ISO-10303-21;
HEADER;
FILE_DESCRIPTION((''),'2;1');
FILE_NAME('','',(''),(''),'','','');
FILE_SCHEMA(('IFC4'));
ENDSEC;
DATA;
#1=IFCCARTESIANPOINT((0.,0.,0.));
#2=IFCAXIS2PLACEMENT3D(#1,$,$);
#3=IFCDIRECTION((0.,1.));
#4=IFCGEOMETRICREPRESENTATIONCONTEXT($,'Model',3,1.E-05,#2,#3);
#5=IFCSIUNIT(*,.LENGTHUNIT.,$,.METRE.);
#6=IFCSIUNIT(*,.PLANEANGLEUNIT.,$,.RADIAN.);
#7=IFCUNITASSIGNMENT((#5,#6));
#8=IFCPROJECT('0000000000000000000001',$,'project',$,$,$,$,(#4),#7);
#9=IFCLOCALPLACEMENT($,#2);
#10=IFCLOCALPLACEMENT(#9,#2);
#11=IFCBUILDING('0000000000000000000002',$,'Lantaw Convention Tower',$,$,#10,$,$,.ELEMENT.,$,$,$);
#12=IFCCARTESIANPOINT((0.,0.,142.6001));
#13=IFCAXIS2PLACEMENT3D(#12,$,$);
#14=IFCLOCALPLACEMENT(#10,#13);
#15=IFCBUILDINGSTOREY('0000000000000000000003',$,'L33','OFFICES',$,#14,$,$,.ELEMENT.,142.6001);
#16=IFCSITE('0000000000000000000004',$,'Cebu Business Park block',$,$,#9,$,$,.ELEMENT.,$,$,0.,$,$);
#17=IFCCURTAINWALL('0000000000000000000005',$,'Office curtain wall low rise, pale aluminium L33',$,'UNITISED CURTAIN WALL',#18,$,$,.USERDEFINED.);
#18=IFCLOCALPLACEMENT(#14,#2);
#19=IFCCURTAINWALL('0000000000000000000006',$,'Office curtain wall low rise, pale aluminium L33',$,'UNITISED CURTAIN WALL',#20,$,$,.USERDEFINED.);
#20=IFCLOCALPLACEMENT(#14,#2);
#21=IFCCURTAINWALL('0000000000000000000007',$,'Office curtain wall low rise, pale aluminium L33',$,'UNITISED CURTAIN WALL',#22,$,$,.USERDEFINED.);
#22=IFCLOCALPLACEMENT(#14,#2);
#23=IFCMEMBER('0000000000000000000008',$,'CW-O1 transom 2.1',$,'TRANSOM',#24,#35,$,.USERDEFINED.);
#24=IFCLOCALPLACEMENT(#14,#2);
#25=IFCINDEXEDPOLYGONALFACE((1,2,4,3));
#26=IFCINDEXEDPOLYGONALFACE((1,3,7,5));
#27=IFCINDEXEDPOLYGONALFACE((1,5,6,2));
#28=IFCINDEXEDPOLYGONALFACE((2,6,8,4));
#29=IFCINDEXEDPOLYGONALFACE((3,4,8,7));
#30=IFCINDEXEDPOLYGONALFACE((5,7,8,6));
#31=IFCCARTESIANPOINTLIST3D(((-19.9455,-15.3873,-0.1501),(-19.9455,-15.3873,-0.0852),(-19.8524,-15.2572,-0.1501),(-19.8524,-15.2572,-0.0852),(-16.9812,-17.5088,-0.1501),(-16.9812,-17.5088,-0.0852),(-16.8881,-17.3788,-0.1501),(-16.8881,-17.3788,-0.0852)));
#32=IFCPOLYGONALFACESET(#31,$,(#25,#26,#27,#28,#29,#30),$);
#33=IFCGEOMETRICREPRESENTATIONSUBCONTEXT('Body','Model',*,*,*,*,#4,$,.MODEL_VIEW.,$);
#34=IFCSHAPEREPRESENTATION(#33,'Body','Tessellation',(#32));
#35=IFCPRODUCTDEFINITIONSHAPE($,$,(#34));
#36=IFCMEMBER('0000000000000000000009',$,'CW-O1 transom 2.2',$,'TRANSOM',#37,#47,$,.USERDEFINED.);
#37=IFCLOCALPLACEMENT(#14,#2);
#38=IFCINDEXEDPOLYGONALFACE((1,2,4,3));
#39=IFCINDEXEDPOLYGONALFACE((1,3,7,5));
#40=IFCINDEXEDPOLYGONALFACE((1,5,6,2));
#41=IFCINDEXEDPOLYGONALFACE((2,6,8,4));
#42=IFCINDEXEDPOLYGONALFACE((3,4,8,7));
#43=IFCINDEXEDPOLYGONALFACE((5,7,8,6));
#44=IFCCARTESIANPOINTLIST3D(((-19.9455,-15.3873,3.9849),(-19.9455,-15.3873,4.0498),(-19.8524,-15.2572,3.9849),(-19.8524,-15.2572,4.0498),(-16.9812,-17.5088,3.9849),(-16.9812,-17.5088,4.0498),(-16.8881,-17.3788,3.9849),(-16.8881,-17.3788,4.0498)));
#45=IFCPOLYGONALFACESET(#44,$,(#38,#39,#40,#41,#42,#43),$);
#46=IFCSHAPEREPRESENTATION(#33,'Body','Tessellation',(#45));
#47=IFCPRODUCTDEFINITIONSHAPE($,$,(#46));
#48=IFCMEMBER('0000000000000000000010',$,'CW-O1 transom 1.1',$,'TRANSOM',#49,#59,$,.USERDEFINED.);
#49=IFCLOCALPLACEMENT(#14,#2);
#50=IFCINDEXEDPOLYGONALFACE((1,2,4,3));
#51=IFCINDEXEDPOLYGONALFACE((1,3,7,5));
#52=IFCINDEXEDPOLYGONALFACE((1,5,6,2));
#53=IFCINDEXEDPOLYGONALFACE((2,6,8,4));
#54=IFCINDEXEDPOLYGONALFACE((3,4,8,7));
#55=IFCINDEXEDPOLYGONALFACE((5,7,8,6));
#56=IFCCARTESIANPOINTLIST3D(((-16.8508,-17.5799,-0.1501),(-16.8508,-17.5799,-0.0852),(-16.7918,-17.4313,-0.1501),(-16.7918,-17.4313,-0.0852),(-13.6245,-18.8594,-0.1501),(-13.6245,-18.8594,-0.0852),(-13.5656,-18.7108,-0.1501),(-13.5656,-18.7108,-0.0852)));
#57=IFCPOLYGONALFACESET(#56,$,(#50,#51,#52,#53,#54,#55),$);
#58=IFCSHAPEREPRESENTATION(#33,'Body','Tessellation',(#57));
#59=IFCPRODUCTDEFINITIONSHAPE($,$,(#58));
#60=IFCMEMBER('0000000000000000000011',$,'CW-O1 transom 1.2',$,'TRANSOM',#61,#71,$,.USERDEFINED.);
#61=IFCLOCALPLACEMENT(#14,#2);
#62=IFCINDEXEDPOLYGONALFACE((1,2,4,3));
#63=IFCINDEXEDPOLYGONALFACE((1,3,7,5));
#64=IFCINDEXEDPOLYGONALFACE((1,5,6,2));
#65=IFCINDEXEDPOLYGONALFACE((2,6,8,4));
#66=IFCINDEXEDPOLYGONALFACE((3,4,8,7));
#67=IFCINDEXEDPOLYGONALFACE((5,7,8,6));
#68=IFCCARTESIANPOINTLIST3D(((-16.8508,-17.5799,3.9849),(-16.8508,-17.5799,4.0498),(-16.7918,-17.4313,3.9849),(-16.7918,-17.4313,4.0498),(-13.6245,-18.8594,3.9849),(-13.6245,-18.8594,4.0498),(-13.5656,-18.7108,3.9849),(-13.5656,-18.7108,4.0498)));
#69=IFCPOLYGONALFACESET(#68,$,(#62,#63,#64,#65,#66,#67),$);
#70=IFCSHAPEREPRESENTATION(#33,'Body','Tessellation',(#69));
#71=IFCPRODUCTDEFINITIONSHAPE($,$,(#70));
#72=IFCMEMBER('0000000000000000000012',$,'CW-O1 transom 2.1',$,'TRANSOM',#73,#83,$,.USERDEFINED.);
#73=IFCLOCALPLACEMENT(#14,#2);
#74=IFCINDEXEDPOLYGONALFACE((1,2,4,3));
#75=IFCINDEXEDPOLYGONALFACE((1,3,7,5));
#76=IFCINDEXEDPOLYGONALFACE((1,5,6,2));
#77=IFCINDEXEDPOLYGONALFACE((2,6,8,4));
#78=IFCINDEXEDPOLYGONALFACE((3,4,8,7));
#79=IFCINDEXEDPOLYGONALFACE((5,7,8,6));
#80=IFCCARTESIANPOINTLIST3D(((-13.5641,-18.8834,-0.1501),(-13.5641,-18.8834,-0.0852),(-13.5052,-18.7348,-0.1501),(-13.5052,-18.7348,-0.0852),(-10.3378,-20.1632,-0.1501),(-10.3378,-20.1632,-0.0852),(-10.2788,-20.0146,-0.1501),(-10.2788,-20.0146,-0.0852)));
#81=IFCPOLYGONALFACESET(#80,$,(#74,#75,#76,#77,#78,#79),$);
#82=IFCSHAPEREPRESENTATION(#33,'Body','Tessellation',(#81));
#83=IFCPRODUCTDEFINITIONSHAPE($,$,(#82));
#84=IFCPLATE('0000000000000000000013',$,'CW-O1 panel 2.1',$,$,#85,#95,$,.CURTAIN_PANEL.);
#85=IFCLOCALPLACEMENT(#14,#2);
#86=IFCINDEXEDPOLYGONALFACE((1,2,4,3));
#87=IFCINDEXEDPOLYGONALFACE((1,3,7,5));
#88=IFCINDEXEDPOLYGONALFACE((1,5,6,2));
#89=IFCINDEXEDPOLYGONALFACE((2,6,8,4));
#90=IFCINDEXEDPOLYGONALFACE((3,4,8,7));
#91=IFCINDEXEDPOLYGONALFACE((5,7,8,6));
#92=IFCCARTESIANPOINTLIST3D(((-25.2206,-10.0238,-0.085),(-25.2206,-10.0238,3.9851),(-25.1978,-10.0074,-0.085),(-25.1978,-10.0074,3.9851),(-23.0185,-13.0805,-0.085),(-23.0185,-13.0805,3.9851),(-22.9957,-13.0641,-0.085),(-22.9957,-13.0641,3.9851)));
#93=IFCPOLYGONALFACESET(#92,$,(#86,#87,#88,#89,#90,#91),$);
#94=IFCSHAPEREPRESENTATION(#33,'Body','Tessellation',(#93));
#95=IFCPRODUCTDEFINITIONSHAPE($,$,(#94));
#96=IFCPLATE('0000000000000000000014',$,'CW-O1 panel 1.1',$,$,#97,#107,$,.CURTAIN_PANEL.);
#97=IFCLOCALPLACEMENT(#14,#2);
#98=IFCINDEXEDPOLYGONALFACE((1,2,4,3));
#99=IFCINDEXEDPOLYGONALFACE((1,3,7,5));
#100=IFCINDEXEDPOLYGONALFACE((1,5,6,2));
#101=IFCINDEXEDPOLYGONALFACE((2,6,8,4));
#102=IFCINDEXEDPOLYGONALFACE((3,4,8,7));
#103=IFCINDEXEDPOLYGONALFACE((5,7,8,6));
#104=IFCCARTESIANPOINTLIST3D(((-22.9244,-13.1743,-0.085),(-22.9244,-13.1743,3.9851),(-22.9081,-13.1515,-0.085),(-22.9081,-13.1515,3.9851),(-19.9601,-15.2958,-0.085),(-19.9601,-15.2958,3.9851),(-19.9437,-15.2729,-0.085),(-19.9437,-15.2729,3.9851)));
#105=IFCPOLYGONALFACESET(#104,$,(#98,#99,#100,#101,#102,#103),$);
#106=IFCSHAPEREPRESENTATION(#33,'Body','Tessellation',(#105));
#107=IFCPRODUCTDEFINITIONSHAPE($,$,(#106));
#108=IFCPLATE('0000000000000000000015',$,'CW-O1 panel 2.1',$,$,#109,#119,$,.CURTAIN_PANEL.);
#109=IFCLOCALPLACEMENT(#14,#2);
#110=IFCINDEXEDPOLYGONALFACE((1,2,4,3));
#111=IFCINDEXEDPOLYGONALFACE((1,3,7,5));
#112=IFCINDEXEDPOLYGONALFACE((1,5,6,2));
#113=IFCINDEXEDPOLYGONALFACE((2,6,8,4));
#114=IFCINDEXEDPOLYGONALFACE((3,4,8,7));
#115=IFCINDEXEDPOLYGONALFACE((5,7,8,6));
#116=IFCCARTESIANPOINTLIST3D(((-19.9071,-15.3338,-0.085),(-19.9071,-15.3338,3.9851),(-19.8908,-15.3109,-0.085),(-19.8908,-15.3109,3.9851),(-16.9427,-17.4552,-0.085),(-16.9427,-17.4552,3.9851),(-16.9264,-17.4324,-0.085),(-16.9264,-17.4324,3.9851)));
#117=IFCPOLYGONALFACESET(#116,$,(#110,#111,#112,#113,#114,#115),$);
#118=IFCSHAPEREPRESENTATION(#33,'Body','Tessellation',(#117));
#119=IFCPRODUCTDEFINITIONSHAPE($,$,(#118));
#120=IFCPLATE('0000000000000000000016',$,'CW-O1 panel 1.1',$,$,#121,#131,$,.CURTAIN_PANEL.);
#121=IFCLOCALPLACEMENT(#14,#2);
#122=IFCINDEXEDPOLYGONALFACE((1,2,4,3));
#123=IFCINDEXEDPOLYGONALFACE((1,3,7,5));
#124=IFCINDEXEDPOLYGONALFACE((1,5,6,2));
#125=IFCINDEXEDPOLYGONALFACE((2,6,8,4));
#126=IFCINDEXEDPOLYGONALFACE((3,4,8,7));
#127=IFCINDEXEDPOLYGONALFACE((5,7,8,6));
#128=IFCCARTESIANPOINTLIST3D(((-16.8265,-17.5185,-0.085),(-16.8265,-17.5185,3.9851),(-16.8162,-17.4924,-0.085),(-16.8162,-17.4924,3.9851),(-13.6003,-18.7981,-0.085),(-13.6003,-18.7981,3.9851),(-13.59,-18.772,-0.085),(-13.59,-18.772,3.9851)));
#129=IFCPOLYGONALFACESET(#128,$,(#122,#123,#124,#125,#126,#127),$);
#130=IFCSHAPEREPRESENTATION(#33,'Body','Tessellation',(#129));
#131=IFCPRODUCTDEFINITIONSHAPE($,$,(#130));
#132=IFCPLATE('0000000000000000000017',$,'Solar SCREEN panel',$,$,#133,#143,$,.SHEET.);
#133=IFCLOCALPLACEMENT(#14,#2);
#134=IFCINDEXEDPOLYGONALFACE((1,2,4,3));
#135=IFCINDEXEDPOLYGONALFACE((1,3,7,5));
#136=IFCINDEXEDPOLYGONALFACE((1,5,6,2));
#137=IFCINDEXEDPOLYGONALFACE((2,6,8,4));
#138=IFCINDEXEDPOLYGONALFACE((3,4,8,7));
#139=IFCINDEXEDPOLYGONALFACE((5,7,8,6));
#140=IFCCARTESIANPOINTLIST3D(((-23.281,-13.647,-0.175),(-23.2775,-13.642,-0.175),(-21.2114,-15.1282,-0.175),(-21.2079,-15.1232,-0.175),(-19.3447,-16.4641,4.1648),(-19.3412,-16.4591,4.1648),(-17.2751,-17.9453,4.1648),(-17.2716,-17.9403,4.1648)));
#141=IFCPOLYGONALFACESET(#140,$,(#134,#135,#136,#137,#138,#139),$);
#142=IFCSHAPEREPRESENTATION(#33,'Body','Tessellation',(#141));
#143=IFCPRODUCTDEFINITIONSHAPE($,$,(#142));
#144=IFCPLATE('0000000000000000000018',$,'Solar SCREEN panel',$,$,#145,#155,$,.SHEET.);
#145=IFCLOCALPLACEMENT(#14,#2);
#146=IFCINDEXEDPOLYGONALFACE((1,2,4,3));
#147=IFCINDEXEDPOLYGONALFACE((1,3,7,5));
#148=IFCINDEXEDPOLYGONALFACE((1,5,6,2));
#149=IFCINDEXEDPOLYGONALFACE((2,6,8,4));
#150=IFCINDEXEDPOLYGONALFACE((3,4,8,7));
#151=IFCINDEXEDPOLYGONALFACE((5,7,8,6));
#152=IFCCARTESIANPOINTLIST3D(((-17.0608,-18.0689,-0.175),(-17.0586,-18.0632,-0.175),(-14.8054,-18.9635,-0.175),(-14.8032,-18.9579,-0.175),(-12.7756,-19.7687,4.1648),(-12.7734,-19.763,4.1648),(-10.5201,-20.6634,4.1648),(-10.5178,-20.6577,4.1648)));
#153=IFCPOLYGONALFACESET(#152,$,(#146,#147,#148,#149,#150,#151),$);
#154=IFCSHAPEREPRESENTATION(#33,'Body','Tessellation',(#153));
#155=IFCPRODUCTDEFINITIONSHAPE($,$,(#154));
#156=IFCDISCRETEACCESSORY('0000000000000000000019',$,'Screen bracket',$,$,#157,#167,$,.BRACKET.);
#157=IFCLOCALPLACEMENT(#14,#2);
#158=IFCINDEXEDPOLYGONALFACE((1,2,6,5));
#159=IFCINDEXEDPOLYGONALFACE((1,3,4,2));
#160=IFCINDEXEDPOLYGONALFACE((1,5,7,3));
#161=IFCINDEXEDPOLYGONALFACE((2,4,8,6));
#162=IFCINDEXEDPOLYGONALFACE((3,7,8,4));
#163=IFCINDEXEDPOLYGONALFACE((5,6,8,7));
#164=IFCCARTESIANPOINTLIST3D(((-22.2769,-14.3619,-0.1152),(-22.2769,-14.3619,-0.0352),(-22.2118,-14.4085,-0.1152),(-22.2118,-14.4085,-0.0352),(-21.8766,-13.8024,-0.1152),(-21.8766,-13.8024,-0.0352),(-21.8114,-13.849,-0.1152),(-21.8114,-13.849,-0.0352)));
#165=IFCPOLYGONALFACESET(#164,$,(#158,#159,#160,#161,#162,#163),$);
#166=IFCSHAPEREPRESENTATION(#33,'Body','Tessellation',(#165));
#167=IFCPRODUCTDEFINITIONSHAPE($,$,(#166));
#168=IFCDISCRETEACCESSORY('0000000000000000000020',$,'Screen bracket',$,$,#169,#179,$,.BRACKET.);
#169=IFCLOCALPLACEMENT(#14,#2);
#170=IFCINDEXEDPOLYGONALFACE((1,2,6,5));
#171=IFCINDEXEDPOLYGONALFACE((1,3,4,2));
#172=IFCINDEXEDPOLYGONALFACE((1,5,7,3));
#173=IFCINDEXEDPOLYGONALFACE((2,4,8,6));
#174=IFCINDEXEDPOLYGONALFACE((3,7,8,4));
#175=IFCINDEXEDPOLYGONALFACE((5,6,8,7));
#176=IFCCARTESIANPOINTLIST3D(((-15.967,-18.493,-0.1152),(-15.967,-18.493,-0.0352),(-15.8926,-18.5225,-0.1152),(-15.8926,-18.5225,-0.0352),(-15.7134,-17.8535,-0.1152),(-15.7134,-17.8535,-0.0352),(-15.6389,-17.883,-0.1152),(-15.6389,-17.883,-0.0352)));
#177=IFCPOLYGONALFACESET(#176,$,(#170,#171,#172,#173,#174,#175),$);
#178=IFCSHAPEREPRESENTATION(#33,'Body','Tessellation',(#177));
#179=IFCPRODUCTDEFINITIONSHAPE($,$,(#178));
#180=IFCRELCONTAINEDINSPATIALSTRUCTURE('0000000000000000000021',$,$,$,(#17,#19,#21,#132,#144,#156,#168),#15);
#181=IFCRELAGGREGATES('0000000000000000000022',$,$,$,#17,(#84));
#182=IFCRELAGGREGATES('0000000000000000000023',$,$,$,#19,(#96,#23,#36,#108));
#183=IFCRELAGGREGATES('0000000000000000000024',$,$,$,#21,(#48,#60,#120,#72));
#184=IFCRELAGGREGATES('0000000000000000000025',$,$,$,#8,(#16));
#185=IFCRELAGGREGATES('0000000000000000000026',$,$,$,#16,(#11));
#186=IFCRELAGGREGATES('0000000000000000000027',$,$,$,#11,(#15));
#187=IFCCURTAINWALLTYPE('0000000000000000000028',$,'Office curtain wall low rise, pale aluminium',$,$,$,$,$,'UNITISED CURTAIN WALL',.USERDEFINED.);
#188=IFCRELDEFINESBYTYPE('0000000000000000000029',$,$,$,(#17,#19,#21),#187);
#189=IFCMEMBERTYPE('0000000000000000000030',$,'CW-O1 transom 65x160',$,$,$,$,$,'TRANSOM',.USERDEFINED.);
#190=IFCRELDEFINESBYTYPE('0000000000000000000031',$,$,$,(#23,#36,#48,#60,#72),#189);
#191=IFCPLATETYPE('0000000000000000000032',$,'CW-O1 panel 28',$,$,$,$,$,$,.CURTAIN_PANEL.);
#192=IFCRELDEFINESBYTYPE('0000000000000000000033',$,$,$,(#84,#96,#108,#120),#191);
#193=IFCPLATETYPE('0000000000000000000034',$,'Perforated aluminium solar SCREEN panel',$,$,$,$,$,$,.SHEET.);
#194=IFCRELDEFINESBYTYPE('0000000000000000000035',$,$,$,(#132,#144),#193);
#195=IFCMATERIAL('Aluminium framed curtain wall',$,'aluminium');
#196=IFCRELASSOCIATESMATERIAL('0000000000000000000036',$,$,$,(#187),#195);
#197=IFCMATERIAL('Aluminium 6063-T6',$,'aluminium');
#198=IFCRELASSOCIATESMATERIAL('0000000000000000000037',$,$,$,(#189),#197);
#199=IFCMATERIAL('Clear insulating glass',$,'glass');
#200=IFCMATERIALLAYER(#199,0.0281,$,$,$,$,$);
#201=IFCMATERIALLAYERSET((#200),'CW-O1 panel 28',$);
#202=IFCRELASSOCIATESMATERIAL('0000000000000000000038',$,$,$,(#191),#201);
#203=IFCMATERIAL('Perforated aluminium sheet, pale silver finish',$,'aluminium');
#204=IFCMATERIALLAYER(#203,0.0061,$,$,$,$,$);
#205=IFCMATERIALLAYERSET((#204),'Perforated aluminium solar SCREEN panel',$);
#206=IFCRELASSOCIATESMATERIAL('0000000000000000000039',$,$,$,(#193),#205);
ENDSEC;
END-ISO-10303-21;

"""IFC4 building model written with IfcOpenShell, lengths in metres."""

from ifc_helpers import new_model, si_unit, direction, frame, origin, origin_2d, place, context, subcontext, project, spatial, polyline, rectangle, outline, extrude, material, layer, layer_set, material_profile, profile_set, type_object, element, aggregate, save


model = new_model("IFC4")

# Units and contexts
model_context = context("Model", 3, precision=1e-05, world=origin(), true_north=direction((0.0, 1.0)))
body_context = subcontext(model_context, "Body", "Model", "MODEL_VIEW")
ifc_project = project(units=[si_unit("LENGTHUNIT", "METRE"), si_unit("PLANEANGLEUNIT", "RADIAN")], contexts=[model_context])

# Site, building, storey
site_placement = place(None, origin())
site = spatial("IfcSite", under=ifc_project, at=site_placement, Name="Cebu Business Park block", CompositionType="ELEMENT", RefElevation=0.0)
building_placement = place(site_placement, origin())
building = spatial("IfcBuilding", under=site, at=building_placement, Name="Lantaw Convention Tower", CompositionType="ELEMENT")
storey_placement = place(building_placement, frame((0.0, 0.0, 142.6001)))
storey = spatial("IfcBuildingStorey", under=building, at=storey_placement, Name="L33", Description="OFFICES", CompositionType="ELEMENT", Elevation=142.6001)

# Curtain walls
ifc_material_1 = material(Name="Aluminium framed curtain wall", Category="aluminium")
curtain_wall_type = type_object("IfcCurtainWallType", Name="Office curtain wall low rise, pale aluminium", ElementType="UNITISED CURTAIN WALL", PredefinedType="USERDEFINED", material=ifc_material_1)
curtain_wall_1_placement = place(storey_placement, origin())
curtain_wall_1 = element("IfcCurtainWall", 1, at=curtain_wall_1_placement, inside=storey, type_object=curtain_wall_type, Name="Office curtain wall low rise, pale aluminium L33", ObjectType="UNITISED CURTAIN WALL", PredefinedType="USERDEFINED")
ifc_material_2 = material(Name="Aluminium 6063-T6", Category="aluminium")
curtain_wall_2_placement = place(storey_placement, origin())
curtain_wall_2 = element("IfcCurtainWall", 2, at=curtain_wall_2_placement, inside=storey, type_object=curtain_wall_type, Name="Office curtain wall low rise, pale aluminium L33", ObjectType="UNITISED CURTAIN WALL", PredefinedType="USERDEFINED")
curtain_wall_3_placement = place(storey_placement, origin())
curtain_wall_3 = element("IfcCurtainWall", 3, at=curtain_wall_3_placement, inside=storey, type_object=curtain_wall_type, Name="Office curtain wall low rise, pale aluminium L33", ObjectType="UNITISED CURTAIN WALL", PredefinedType="USERDEFINED")

# Members
ifc_material_profile_1 = material_profile(ifc_material_2, rectangle(XDim=0.1599, YDim=0.0649, at=origin_2d()), Name="CW-O1 transom 65x160")
ifc_profile_set_1 = profile_set([ifc_material_profile_1], Name="Aluminium 6063-T6")
member_type_1 = type_object("IfcMemberType", Name="CW-O1 transom 65x160", ElementType="TRANSOM", PredefinedType="USERDEFINED", material=ifc_profile_set_1)
member_1_placement = place(storey_placement, frame((-19.8989, -15.3223, -0.1177), z_axis=(0.81319, -0.581998, 0.0), x_axis=(0.581998, 0.81319, 0.0)))
member_1 = element("IfcMember", 4, at=member_1_placement, type_object=member_type_1, Name="CW-O1 transom 2.1", ObjectType="TRANSOM", PredefinedType="USERDEFINED", context=body_context, shape_type="SweptSolid", body=[
    extrude(rectangle(XDim=0.1599, YDim=0.0649, at=origin_2d()), origin(), (0.0, 0.0, 1.0), 3.6453),
])
member_2_placement = place(storey_placement, frame((-19.8989, -15.3223, 4.0173), z_axis=(0.81319, -0.581998, 0.0), x_axis=(0.581998, 0.81319, 0.0)))
member_2 = element("IfcMember", 5, at=member_2_placement, type_object=member_type_1, Name="CW-O1 transom 2.2", ObjectType="TRANSOM", PredefinedType="USERDEFINED", context=body_context, shape_type="SweptSolid", body=[
    extrude(rectangle(XDim=0.1599, YDim=0.0649, at=origin_2d()), origin(), (0.0, 0.0, 1.0), 3.6453),
])
member_3_placement = place(storey_placement, frame((-16.8213, -17.5056, -0.1177), z_axis=(0.929564, -0.36866, 0.0), x_axis=(0.36866, 0.929564, 0.0)))
member_3 = element("IfcMember", 6, at=member_3_placement, type_object=member_type_1, Name="CW-O1 transom 1.1", ObjectType="TRANSOM", PredefinedType="USERDEFINED", context=body_context, shape_type="SweptSolid", body=[
    extrude(rectangle(XDim=0.1599, YDim=0.0649, at=origin_2d()), origin(), (0.0, 0.0, 1.0), 3.4707),
])
member_4_placement = place(storey_placement, frame((-16.8213, -17.5056, 4.0173), z_axis=(0.929564, -0.36866, 0.0), x_axis=(0.36866, 0.929564, 0.0)))
member_4 = element("IfcMember", 7, at=member_4_placement, type_object=member_type_1, Name="CW-O1 transom 1.2", ObjectType="TRANSOM", PredefinedType="USERDEFINED", context=body_context, shape_type="SweptSolid", body=[
    extrude(rectangle(XDim=0.1599, YDim=0.0649, at=origin_2d()), origin(), (0.0, 0.0, 1.0), 3.4707),
])
member_5_placement = place(storey_placement, frame((-13.5347, -18.8091, -0.1177), z_axis=(0.92954, -0.368721, 0.0), x_axis=(0.368721, 0.92954, 0.0)))
member_5 = element("IfcMember", 8, at=member_5_placement, type_object=member_type_1, Name="CW-O1 transom 2.1", ObjectType="TRANSOM", PredefinedType="USERDEFINED", context=body_context, shape_type="SweptSolid", body=[
    extrude(rectangle(XDim=0.1599, YDim=0.0649, at=origin_2d()), origin(), (0.0, 0.0, 1.0), 3.4709),
])

# Plates
ifc_material_3 = material(Name="Clear insulating glass", Category="glass")
ifc_layer_1 = layer(ifc_material_3, 0.0281)
ifc_layer_set_1 = layer_set([ifc_layer_1], Name="CW-O1 panel 28")
plate_type_1 = type_object("IfcPlateType", Name="CW-O1 panel 28", PredefinedType="CURTAIN_PANEL", material=ifc_layer_set_1)
plate_1_placement = place(storey_placement, frame((-24.1082, -11.5439, -0.085), z_axis=(0.0, 0.0, 1.0), x_axis=(0.584513, -0.811385, 0.0)))
plate_1 = element("IfcPlate", 9, at=plate_1_placement, type_object=plate_type_1, Name="CW-O1 panel 2.1", PredefinedType="CURTAIN_PANEL", context=body_context, shape_type="SweptSolid", body=[
    extrude(rectangle(XDim=3.7673, YDim=0.0281, at=origin_2d()), origin(), (0.0, 0.0, 1.0), 4.0701),
])
aggregate(curtain_wall_1, [plate_1])
plate_2_placement = place(storey_placement, frame((-21.4341, -14.2236, -0.085), z_axis=(0.0, 0.0, 1.0), x_axis=(0.813208, -0.581973, 0.0)))
plate_2 = element("IfcPlate", 10, at=plate_2_placement, type_object=plate_type_1, Name="CW-O1 panel 1.1", PredefinedType="CURTAIN_PANEL", context=body_context, shape_type="SweptSolid", body=[
    extrude(rectangle(XDim=3.6453, YDim=0.0281, at=origin_2d()), origin(), (0.0, 0.0, 1.0), 4.0701),
])
plate_3_placement = place(storey_placement, frame((-18.4167, -16.3831, -0.085), z_axis=(0.0, 0.0, 1.0), x_axis=(0.813208, -0.581973, 0.0)))
plate_3 = element("IfcPlate", 11, at=plate_3_placement, type_object=plate_type_1, Name="CW-O1 panel 2.1", PredefinedType="CURTAIN_PANEL", context=body_context, shape_type="SweptSolid", body=[
    extrude(rectangle(XDim=3.6453, YDim=0.0281, at=origin_2d()), origin(), (0.0, 0.0, 1.0), 4.0701),
])
aggregate(curtain_wall_2, [plate_2, member_1, member_2, plate_3])
plate_4_placement = place(storey_placement, frame((-15.2083, -18.1453, -0.085), z_axis=(0.0, 0.0, 1.0), x_axis=(0.929548, -0.368702, 0.0)))
plate_4 = element("IfcPlate", 12, at=plate_4_placement, type_object=plate_type_1, Name="CW-O1 panel 1.1", PredefinedType="CURTAIN_PANEL", context=body_context, shape_type="SweptSolid", body=[
    extrude(rectangle(XDim=3.4707, YDim=0.0281, at=origin_2d()), origin(), (0.0, 0.0, 1.0), 4.0701),
])
aggregate(curtain_wall_3, [member_3, member_4, plate_4, member_5])

# Plates
ifc_material_4 = material(Name="Perforated aluminium sheet, pale silver finish", Category="aluminium")
ifc_layer_2 = layer(ifc_material_4, 0.0061)
ifc_layer_set_2 = layer_set([ifc_layer_2], Name="Perforated aluminium solar SCREEN panel")
plate_type_2 = type_object("IfcPlateType", Name="Perforated aluminium solar SCREEN panel", PredefinedType="SHEET", material=ifc_layer_set_2)
plate_5_placement = place(storey_placement, frame((-23.281, -13.647, -0.175), z_axis=(-0.582, -0.813189, 0.000012), x_axis=(0.813189, -0.582, 0.0)))
element("IfcPlate", 13, at=plate_5_placement, inside=storey, type_object=plate_type_2, Name="Solar SCREEN panel", PredefinedType="SHEET", context=body_context, shape_type="SweptSolid", body=[
    extrude(outline(polyline([(0.0, 0.0), (2.545, 0.0), (7.3855, 4.3398), (4.8405, 4.3398), (0.0, 0.0)])), origin(), (0.0, 0.0, -1.0), 0.0061),
])
plate_6_placement = place(storey_placement, frame((-17.0586, -18.0632, -0.175), z_axis=(0.368709, 0.929545, 0.000011), x_axis=(0.929545, -0.368709, 0.0)))
element("IfcPlate", 14, at=plate_6_placement, inside=storey, type_object=plate_type_2, Name="Solar SCREEN panel", PredefinedType="SHEET", context=body_context, shape_type="SweptSolid", body=[
    extrude(outline(polyline([(0.0, 0.0), (2.4264, 0.0), (7.0365, -4.3398), (4.61, -4.3398), (0.0, 0.0)])), origin(), (0.0, 0.0, -1.0), 0.0061),
])

# Discrete accessories
for number, where, z_axis, x_axis, name in (
    (15, (-22.0442, -14.1055, -0.1152), (0.0, 0.0, 1.0), (0.813208, -0.581973, 0.0), "Screen bracket"),
    (16, (-15.803, -18.188, -0.1152), (0.0, 0.0, 1.0), (0.929548, -0.368702, 0.0), "Screen bracket"),
):
    element("IfcDiscreteAccessory", number, at=place(storey_placement, frame(where, z_axis=z_axis, x_axis=x_axis)), inside=storey, Name=name, PredefinedType="BRACKET", context=body_context, shape_type="SweptSolid", body=[
        extrude(rectangle(XDim=0.0801, YDim=0.688, at=origin_2d()), origin(), (0.0, 0.0, 1.0), 0.0801),
    ])

save(model, "model.ifc")
